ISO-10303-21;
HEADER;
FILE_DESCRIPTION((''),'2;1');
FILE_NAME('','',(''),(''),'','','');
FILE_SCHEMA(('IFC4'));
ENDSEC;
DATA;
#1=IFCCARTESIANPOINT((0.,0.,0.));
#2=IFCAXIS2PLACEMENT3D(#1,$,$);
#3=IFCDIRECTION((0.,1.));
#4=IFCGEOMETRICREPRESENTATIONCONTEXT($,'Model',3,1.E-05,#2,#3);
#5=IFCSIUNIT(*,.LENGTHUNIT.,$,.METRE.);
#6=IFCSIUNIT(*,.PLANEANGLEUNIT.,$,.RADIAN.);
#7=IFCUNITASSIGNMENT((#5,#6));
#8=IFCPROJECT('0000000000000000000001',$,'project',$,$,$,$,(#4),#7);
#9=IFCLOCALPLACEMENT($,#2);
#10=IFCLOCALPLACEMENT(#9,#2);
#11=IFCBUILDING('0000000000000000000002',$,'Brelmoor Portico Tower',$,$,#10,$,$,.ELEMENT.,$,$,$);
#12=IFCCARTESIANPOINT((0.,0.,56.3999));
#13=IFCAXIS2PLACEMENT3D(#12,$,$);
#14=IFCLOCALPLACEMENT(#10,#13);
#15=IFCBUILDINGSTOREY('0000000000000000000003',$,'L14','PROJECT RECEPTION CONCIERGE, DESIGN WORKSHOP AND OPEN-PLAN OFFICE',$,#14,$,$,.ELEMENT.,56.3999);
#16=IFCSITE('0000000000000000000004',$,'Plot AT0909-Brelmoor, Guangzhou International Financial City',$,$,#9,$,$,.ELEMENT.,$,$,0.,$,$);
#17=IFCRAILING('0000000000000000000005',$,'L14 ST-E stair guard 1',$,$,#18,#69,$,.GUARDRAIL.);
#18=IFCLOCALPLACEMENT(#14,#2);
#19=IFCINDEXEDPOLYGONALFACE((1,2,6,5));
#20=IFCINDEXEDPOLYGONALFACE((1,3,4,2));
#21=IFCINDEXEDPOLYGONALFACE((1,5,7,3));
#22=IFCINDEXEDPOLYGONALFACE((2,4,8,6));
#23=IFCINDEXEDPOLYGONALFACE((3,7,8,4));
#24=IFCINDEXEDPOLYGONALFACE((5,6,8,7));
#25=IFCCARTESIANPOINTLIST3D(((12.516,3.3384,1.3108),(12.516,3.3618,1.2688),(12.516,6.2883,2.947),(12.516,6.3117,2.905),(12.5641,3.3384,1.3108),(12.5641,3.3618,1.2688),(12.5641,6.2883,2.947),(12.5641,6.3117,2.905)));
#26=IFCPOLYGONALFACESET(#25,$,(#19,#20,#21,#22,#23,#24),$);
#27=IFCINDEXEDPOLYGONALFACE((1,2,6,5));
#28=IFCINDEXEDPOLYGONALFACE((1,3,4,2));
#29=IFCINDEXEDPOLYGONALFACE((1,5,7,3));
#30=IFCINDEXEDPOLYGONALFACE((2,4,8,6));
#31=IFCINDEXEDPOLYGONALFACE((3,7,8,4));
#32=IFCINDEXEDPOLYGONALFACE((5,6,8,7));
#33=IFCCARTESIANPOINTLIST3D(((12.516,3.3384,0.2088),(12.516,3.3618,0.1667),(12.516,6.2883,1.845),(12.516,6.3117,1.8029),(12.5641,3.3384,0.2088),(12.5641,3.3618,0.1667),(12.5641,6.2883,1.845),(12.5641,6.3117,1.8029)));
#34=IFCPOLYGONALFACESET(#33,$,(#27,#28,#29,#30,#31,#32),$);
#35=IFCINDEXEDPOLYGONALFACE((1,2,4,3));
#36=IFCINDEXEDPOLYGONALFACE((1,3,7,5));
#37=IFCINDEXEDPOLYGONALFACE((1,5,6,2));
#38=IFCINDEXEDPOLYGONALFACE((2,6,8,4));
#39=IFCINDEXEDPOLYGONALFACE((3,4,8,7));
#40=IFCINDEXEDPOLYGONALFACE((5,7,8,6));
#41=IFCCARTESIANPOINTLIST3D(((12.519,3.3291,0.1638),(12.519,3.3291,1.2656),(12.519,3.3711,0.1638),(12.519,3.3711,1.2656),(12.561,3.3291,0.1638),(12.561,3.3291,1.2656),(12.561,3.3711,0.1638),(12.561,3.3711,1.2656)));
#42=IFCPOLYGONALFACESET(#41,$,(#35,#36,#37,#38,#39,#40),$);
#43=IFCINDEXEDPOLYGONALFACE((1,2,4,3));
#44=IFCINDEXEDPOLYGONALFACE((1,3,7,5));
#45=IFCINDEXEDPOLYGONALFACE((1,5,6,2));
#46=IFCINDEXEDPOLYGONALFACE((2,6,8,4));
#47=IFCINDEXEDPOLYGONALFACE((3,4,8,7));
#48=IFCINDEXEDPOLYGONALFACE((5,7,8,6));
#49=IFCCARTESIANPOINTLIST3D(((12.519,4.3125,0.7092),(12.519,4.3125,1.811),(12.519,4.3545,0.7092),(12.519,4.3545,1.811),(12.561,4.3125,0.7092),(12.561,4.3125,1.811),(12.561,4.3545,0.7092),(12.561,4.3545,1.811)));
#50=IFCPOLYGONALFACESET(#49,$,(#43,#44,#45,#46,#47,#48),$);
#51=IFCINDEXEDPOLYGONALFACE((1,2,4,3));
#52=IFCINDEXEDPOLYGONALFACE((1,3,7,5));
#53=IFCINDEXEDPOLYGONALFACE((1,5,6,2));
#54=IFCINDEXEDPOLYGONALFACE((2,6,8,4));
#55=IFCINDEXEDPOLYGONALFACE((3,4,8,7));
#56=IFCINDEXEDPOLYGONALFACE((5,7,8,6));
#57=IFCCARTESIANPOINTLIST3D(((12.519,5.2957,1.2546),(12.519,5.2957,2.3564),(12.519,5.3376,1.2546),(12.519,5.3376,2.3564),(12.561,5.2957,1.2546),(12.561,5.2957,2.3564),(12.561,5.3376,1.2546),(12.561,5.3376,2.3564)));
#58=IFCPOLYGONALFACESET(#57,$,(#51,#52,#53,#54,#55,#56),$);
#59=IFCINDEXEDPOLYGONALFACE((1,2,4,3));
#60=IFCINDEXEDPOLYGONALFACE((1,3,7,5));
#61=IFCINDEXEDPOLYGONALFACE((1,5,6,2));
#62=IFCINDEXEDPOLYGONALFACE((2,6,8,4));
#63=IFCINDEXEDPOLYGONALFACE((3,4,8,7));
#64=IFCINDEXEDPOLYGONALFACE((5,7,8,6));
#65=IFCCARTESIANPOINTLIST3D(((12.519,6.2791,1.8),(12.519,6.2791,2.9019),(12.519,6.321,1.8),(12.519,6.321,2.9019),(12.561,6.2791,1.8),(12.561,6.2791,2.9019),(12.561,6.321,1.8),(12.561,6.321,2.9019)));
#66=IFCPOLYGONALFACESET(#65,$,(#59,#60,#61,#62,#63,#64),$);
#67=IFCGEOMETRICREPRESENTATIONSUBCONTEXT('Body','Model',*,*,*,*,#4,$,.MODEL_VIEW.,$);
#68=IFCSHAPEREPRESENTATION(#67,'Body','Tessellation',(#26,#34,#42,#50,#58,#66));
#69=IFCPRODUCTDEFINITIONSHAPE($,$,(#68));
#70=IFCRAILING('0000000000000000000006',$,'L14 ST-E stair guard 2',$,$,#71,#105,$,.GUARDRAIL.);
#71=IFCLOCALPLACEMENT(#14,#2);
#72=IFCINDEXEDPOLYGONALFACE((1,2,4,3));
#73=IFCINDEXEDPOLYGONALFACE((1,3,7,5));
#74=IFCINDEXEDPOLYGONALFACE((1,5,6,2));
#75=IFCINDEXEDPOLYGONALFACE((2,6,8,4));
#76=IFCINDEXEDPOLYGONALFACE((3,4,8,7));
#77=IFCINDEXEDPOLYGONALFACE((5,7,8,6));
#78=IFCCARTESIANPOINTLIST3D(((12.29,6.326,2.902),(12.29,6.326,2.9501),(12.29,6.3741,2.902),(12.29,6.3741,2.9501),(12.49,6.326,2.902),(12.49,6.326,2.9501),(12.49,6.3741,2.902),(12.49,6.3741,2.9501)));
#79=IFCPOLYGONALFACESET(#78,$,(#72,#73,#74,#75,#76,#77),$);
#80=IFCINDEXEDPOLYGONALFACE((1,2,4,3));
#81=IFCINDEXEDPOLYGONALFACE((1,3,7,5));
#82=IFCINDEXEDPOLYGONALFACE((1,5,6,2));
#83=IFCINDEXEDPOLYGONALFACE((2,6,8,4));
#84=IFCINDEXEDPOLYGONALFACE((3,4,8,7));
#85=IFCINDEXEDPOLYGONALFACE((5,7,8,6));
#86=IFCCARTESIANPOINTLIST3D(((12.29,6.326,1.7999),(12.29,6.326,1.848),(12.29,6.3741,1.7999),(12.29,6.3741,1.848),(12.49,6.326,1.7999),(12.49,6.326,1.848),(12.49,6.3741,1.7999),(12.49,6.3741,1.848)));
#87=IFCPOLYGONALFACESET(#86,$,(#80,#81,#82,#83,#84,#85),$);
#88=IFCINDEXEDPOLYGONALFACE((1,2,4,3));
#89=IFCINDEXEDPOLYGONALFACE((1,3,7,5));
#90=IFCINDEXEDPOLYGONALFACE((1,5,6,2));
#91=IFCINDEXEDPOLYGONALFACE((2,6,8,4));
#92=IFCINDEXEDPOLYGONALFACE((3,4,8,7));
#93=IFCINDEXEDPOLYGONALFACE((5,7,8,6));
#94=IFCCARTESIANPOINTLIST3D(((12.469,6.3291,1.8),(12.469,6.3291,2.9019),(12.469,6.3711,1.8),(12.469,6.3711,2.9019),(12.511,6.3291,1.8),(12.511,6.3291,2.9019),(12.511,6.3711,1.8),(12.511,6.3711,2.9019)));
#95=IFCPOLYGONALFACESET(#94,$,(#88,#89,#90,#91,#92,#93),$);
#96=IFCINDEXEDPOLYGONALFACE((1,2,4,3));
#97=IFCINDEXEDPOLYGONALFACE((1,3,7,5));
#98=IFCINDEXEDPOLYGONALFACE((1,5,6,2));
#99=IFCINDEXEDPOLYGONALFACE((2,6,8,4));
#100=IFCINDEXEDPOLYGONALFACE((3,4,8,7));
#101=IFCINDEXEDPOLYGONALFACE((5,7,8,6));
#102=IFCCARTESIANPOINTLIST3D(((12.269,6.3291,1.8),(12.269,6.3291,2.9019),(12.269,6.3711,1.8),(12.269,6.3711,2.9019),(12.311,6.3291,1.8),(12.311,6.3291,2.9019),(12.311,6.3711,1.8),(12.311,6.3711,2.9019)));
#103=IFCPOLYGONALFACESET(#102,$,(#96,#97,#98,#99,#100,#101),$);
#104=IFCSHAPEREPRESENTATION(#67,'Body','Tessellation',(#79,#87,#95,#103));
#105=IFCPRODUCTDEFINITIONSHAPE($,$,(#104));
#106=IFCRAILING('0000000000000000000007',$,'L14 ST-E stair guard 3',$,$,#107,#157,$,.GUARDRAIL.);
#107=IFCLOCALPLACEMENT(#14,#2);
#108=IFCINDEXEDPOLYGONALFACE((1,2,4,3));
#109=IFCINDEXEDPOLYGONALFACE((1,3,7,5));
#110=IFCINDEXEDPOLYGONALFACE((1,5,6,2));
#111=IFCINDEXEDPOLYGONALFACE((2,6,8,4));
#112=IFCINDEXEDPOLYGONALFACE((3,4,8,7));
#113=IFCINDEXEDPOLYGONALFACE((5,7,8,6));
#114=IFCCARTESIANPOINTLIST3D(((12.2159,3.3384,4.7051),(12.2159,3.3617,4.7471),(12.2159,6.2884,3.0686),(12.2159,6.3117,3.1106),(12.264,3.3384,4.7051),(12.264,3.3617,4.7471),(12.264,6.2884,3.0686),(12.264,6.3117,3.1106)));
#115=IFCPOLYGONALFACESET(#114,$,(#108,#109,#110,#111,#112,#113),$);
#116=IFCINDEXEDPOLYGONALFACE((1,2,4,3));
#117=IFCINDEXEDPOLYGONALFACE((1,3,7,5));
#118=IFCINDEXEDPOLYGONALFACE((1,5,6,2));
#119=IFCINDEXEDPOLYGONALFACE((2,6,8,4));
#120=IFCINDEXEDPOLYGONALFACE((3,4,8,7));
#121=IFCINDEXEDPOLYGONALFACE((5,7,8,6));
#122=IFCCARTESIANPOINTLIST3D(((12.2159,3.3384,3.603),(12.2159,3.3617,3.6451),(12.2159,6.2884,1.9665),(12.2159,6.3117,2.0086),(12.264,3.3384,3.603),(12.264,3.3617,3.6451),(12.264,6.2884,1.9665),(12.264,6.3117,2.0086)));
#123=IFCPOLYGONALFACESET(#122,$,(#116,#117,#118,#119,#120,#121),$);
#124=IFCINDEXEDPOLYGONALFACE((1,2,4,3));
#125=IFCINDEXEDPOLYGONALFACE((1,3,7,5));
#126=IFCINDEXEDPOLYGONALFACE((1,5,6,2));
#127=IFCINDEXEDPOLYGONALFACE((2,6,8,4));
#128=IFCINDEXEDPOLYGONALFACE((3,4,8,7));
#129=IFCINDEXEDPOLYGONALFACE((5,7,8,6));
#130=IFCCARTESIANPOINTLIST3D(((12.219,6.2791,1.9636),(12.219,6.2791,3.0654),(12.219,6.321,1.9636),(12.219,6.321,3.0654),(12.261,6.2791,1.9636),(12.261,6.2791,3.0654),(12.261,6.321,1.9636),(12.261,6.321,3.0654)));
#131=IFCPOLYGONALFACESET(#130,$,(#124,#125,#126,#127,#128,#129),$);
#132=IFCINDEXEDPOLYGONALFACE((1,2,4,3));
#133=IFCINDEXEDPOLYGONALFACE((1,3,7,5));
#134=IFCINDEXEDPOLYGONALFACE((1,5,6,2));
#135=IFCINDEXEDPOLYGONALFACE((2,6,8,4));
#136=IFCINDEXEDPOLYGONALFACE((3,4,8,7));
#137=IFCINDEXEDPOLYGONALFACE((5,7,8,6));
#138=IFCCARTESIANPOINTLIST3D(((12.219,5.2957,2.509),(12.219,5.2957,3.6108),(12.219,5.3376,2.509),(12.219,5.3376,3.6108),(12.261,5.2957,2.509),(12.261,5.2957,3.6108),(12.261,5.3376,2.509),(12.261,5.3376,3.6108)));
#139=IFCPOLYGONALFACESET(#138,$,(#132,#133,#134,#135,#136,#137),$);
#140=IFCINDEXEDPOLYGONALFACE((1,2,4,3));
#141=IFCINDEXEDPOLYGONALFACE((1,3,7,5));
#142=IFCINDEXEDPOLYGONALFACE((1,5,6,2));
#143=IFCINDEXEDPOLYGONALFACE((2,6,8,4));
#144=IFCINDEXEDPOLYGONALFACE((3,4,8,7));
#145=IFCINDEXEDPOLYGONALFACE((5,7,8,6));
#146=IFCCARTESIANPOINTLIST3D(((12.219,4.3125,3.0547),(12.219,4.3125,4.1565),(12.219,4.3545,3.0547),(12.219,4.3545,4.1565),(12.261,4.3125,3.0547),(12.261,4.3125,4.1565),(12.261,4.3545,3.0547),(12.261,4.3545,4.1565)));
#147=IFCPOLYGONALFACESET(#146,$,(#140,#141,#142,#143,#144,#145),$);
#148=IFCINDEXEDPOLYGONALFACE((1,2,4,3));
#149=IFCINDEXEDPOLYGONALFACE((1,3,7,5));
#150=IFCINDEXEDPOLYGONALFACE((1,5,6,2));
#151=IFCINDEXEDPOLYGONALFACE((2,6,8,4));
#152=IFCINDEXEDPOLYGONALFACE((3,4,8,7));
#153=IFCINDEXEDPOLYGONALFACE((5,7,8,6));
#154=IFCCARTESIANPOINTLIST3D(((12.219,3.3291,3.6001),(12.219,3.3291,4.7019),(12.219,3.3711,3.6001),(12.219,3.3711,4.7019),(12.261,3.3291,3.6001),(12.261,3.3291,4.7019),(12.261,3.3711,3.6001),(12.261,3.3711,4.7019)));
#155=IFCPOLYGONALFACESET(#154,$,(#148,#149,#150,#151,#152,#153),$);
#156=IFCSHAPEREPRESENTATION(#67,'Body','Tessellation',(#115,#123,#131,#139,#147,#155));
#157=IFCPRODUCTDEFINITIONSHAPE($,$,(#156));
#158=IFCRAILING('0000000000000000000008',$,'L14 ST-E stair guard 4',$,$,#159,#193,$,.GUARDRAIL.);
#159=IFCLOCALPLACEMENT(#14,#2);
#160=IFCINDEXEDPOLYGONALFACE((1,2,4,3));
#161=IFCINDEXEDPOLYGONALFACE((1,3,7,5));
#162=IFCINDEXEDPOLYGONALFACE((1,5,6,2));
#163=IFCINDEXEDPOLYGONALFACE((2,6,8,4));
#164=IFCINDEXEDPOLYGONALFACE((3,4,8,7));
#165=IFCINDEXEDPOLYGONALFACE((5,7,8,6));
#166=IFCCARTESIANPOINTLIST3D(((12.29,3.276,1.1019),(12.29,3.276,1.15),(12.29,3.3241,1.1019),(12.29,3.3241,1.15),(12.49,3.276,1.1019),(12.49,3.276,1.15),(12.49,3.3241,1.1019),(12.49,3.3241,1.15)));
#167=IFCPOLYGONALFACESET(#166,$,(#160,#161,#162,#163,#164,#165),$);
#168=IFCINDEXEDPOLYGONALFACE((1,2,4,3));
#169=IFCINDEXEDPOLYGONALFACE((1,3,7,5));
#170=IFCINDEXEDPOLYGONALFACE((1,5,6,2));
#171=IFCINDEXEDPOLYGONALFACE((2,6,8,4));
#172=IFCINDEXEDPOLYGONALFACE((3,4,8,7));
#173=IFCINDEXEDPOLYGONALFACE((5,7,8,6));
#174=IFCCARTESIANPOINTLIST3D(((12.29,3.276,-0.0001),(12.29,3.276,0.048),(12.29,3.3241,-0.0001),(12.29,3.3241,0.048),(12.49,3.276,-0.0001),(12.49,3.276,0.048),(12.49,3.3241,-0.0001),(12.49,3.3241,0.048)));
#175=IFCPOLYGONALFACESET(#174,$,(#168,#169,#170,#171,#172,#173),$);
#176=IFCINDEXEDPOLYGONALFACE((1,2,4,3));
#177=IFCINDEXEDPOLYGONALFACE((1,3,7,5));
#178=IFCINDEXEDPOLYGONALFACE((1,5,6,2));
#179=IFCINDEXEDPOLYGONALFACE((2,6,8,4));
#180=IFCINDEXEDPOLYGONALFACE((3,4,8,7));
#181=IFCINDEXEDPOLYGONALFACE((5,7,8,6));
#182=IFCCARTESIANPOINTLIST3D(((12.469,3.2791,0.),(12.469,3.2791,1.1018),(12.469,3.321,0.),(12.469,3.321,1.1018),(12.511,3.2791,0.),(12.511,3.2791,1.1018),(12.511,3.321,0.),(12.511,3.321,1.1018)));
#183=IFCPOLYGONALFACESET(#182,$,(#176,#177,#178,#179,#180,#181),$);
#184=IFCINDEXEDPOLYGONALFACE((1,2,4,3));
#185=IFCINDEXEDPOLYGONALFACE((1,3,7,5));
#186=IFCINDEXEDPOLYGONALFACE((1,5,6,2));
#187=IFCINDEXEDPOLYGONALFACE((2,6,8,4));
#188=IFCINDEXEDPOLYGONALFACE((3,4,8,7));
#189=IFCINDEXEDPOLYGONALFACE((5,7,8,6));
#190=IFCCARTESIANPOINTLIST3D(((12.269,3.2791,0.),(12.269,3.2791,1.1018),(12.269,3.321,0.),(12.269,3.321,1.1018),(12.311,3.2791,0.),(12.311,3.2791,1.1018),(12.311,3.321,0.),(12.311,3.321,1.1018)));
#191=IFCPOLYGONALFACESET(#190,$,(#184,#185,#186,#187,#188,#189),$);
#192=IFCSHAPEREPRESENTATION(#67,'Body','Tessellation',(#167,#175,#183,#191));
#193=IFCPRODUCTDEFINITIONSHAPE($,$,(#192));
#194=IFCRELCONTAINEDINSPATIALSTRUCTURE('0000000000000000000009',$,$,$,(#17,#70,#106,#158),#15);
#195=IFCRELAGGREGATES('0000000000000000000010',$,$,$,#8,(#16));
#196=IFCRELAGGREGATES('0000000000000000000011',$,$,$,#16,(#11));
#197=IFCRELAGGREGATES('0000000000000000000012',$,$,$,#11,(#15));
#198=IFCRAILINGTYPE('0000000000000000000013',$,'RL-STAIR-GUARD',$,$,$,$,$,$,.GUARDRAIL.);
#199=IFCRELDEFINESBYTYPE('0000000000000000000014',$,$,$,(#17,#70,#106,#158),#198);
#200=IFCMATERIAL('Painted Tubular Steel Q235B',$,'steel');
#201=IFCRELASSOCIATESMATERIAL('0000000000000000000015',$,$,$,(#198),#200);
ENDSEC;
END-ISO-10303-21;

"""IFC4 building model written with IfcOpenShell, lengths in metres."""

from ifc_helpers import new_model, si_unit, direction, frame, origin, origin_2d, place, context, subcontext, project, spatial, rectangle, extrude, material, type_object, element, save


model = new_model("IFC4")

# Units and contexts
model_context = context("Model", 3, precision=1e-05, world=origin(), true_north=direction((0.0, 1.0)))
body_context = subcontext(model_context, "Body", "Model", "MODEL_VIEW")
ifc_project = project(units=[si_unit("LENGTHUNIT", "METRE"), si_unit("PLANEANGLEUNIT", "RADIAN")], contexts=[model_context])

# Site, building, storey
site_placement = place(None, origin())
site = spatial("IfcSite", under=ifc_project, at=site_placement, Name="Plot AT0909-Brelmoor, Guangzhou International Financial City", CompositionType="ELEMENT", RefElevation=0.0)
building_placement = place(site_placement, origin())
building = spatial("IfcBuilding", under=site, at=building_placement, Name="Brelmoor Portico Tower", CompositionType="ELEMENT")
storey_placement = place(building_placement, frame((0.0, 0.0, 56.3999)))
storey = spatial("IfcBuildingStorey", under=building, at=storey_placement, Name="L14", Description="PROJECT RECEPTION CONCIERGE, DESIGN WORKSHOP AND OPEN-PLAN OFFICE", CompositionType="ELEMENT", Elevation=56.3999)

# Railings
ifc_material_1 = material(Name="Painted Tubular Steel Q235B", Category="steel")
railing_type_1 = type_object("IfcRailingType", Name="RL-STAIR-GUARD", PredefinedType="GUARDRAIL", material=ifc_material_1)
railing_1_placement = place(storey_placement, frame((12.54, 3.3501, 0.1638)))
element("IfcRailing", 1, at=railing_1_placement, inside=storey, type_object=railing_type_1, Name="L14 ST-E stair guard 1", PredefinedType="GUARDRAIL", context=body_context, shape_type="SweptSolid", body=[
    extrude(rectangle(XDim=0.0481, YDim=0.0481, at=origin_2d()), frame((0.0, 0.0, 1.126), z_axis=(0.0, 0.874488, 0.485047), x_axis=(-1.0, 0.0, 0.0)), (0.0, 0.0, 1.0), 3.3733),
    extrude(rectangle(XDim=0.0481, YDim=0.0481, at=origin_2d()), frame((0.0, 0.0, 0.0239), z_axis=(0.0, 0.874488, 0.485047), x_axis=(-1.0, 0.0, 0.0)), (0.0, 0.0, 1.0), 3.3733),
    extrude(rectangle(XDim=0.042, YDim=0.042, at=origin_2d()), origin(), (0.0, 0.0, 1.0), 1.1018),
    extrude(rectangle(XDim=0.042, YDim=0.042, at=origin_2d()), frame((0.0, 0.9834, 0.5454)), (0.0, 0.0, 1.0), 1.1018),
    extrude(rectangle(XDim=0.042, YDim=0.042, at=origin_2d()), frame((0.0, 1.9666, 1.0908)), (0.0, 0.0, 1.0), 1.1018),
    extrude(rectangle(XDim=0.042, YDim=0.042, at=origin_2d()), frame((0.0, 2.95, 1.6362)), (0.0, 0.0, 1.0), 1.1018),
])
railing_2_placement = place(storey_placement, frame((12.49, 6.3501, 1.8)))
element("IfcRailing", 2, at=railing_2_placement, inside=storey, type_object=railing_type_1, Name="L14 ST-E stair guard 2", PredefinedType="GUARDRAIL", context=body_context, shape_type="SweptSolid", body=[
    extrude(rectangle(XDim=0.0481, YDim=0.0481, at=origin_2d()), frame((0.0, 0.0, 1.126), z_axis=(-1.0, 0.0, 0.0), x_axis=(0.0, -1.0, 0.0)), (0.0, 0.0, 1.0), 0.2),
    extrude(rectangle(XDim=0.0481, YDim=0.0481, at=origin_2d()), frame((0.0, 0.0, 0.0239), z_axis=(-1.0, 0.0, 0.0), x_axis=(0.0, -1.0, 0.0)), (0.0, 0.0, 1.0), 0.2),
    extrude(rectangle(XDim=0.042, YDim=0.042, at=origin_2d()), origin(), (0.0, 0.0, 1.0), 1.1018),
    extrude(rectangle(XDim=0.042, YDim=0.042, at=origin_2d()), frame((-0.2, 0.0, 0.0)), (0.0, 0.0, 1.0), 1.1018),
])
railing_3_placement = place(storey_placement, frame((12.24, 6.3, 1.9636)))
element("IfcRailing", 3, at=railing_3_placement, inside=storey, type_object=railing_type_1, Name="L14 ST-E stair guard 3", PredefinedType="GUARDRAIL", context=body_context, shape_type="SweptSolid", body=[
    extrude(rectangle(XDim=0.0481, YDim=0.0481, at=origin_2d()), frame((0.0, 0.0, 1.126), z_axis=(0.0, -0.874458, 0.485102), x_axis=(1.0, 0.0, 0.0)), (0.0, 0.0, 1.0), 3.3735),
    extrude(rectangle(XDim=0.0481, YDim=0.0481, at=origin_2d()), frame((0.0, 0.0, 0.0239), z_axis=(0.0, -0.874458, 0.485102), x_axis=(1.0, 0.0, 0.0)), (0.0, 0.0, 1.0), 3.3735),
    extrude(rectangle(XDim=0.042, YDim=0.042, at=origin_2d()), origin(), (0.0, 0.0, 1.0), 1.1018),
    extrude(rectangle(XDim=0.042, YDim=0.042, at=origin_2d()), frame((0.0, -0.9834, 0.5454)), (0.0, 0.0, 1.0), 1.1018),
    extrude(rectangle(XDim=0.042, YDim=0.042, at=origin_2d()), frame((0.0, -1.9666, 1.0911)), (0.0, 0.0, 1.0), 1.1018),
    extrude(rectangle(XDim=0.042, YDim=0.042, at=origin_2d()), frame((0.0, -2.95, 1.6365)), (0.0, 0.0, 1.0), 1.1018),
])
railing_4_placement = place(storey_placement, frame((12.49, 3.3, 0.0)))
element("IfcRailing", 4, at=railing_4_placement, inside=storey, type_object=railing_type_1, Name="L14 ST-E stair guard 4", PredefinedType="GUARDRAIL", context=body_context, shape_type="SweptSolid", body=[
    extrude(rectangle(XDim=0.0481, YDim=0.0481, at=origin_2d()), frame((0.0, 0.0, 1.126), z_axis=(-1.0, 0.0, 0.0), x_axis=(0.0, -1.0, 0.0)), (0.0, 0.0, 1.0), 0.2),
    extrude(rectangle(XDim=0.0481, YDim=0.0481, at=origin_2d()), frame((0.0, 0.0, 0.0239), z_axis=(-1.0, 0.0, 0.0), x_axis=(0.0, -1.0, 0.0)), (0.0, 0.0, 1.0), 0.2),
    extrude(rectangle(XDim=0.042, YDim=0.042, at=origin_2d()), origin(), (0.0, 0.0, 1.0), 1.1018),
    extrude(rectangle(XDim=0.042, YDim=0.042, at=origin_2d()), frame((-0.2, 0.0, 0.0)), (0.0, 0.0, 1.0), 1.1018),
])

save(model, "model.ifc")
